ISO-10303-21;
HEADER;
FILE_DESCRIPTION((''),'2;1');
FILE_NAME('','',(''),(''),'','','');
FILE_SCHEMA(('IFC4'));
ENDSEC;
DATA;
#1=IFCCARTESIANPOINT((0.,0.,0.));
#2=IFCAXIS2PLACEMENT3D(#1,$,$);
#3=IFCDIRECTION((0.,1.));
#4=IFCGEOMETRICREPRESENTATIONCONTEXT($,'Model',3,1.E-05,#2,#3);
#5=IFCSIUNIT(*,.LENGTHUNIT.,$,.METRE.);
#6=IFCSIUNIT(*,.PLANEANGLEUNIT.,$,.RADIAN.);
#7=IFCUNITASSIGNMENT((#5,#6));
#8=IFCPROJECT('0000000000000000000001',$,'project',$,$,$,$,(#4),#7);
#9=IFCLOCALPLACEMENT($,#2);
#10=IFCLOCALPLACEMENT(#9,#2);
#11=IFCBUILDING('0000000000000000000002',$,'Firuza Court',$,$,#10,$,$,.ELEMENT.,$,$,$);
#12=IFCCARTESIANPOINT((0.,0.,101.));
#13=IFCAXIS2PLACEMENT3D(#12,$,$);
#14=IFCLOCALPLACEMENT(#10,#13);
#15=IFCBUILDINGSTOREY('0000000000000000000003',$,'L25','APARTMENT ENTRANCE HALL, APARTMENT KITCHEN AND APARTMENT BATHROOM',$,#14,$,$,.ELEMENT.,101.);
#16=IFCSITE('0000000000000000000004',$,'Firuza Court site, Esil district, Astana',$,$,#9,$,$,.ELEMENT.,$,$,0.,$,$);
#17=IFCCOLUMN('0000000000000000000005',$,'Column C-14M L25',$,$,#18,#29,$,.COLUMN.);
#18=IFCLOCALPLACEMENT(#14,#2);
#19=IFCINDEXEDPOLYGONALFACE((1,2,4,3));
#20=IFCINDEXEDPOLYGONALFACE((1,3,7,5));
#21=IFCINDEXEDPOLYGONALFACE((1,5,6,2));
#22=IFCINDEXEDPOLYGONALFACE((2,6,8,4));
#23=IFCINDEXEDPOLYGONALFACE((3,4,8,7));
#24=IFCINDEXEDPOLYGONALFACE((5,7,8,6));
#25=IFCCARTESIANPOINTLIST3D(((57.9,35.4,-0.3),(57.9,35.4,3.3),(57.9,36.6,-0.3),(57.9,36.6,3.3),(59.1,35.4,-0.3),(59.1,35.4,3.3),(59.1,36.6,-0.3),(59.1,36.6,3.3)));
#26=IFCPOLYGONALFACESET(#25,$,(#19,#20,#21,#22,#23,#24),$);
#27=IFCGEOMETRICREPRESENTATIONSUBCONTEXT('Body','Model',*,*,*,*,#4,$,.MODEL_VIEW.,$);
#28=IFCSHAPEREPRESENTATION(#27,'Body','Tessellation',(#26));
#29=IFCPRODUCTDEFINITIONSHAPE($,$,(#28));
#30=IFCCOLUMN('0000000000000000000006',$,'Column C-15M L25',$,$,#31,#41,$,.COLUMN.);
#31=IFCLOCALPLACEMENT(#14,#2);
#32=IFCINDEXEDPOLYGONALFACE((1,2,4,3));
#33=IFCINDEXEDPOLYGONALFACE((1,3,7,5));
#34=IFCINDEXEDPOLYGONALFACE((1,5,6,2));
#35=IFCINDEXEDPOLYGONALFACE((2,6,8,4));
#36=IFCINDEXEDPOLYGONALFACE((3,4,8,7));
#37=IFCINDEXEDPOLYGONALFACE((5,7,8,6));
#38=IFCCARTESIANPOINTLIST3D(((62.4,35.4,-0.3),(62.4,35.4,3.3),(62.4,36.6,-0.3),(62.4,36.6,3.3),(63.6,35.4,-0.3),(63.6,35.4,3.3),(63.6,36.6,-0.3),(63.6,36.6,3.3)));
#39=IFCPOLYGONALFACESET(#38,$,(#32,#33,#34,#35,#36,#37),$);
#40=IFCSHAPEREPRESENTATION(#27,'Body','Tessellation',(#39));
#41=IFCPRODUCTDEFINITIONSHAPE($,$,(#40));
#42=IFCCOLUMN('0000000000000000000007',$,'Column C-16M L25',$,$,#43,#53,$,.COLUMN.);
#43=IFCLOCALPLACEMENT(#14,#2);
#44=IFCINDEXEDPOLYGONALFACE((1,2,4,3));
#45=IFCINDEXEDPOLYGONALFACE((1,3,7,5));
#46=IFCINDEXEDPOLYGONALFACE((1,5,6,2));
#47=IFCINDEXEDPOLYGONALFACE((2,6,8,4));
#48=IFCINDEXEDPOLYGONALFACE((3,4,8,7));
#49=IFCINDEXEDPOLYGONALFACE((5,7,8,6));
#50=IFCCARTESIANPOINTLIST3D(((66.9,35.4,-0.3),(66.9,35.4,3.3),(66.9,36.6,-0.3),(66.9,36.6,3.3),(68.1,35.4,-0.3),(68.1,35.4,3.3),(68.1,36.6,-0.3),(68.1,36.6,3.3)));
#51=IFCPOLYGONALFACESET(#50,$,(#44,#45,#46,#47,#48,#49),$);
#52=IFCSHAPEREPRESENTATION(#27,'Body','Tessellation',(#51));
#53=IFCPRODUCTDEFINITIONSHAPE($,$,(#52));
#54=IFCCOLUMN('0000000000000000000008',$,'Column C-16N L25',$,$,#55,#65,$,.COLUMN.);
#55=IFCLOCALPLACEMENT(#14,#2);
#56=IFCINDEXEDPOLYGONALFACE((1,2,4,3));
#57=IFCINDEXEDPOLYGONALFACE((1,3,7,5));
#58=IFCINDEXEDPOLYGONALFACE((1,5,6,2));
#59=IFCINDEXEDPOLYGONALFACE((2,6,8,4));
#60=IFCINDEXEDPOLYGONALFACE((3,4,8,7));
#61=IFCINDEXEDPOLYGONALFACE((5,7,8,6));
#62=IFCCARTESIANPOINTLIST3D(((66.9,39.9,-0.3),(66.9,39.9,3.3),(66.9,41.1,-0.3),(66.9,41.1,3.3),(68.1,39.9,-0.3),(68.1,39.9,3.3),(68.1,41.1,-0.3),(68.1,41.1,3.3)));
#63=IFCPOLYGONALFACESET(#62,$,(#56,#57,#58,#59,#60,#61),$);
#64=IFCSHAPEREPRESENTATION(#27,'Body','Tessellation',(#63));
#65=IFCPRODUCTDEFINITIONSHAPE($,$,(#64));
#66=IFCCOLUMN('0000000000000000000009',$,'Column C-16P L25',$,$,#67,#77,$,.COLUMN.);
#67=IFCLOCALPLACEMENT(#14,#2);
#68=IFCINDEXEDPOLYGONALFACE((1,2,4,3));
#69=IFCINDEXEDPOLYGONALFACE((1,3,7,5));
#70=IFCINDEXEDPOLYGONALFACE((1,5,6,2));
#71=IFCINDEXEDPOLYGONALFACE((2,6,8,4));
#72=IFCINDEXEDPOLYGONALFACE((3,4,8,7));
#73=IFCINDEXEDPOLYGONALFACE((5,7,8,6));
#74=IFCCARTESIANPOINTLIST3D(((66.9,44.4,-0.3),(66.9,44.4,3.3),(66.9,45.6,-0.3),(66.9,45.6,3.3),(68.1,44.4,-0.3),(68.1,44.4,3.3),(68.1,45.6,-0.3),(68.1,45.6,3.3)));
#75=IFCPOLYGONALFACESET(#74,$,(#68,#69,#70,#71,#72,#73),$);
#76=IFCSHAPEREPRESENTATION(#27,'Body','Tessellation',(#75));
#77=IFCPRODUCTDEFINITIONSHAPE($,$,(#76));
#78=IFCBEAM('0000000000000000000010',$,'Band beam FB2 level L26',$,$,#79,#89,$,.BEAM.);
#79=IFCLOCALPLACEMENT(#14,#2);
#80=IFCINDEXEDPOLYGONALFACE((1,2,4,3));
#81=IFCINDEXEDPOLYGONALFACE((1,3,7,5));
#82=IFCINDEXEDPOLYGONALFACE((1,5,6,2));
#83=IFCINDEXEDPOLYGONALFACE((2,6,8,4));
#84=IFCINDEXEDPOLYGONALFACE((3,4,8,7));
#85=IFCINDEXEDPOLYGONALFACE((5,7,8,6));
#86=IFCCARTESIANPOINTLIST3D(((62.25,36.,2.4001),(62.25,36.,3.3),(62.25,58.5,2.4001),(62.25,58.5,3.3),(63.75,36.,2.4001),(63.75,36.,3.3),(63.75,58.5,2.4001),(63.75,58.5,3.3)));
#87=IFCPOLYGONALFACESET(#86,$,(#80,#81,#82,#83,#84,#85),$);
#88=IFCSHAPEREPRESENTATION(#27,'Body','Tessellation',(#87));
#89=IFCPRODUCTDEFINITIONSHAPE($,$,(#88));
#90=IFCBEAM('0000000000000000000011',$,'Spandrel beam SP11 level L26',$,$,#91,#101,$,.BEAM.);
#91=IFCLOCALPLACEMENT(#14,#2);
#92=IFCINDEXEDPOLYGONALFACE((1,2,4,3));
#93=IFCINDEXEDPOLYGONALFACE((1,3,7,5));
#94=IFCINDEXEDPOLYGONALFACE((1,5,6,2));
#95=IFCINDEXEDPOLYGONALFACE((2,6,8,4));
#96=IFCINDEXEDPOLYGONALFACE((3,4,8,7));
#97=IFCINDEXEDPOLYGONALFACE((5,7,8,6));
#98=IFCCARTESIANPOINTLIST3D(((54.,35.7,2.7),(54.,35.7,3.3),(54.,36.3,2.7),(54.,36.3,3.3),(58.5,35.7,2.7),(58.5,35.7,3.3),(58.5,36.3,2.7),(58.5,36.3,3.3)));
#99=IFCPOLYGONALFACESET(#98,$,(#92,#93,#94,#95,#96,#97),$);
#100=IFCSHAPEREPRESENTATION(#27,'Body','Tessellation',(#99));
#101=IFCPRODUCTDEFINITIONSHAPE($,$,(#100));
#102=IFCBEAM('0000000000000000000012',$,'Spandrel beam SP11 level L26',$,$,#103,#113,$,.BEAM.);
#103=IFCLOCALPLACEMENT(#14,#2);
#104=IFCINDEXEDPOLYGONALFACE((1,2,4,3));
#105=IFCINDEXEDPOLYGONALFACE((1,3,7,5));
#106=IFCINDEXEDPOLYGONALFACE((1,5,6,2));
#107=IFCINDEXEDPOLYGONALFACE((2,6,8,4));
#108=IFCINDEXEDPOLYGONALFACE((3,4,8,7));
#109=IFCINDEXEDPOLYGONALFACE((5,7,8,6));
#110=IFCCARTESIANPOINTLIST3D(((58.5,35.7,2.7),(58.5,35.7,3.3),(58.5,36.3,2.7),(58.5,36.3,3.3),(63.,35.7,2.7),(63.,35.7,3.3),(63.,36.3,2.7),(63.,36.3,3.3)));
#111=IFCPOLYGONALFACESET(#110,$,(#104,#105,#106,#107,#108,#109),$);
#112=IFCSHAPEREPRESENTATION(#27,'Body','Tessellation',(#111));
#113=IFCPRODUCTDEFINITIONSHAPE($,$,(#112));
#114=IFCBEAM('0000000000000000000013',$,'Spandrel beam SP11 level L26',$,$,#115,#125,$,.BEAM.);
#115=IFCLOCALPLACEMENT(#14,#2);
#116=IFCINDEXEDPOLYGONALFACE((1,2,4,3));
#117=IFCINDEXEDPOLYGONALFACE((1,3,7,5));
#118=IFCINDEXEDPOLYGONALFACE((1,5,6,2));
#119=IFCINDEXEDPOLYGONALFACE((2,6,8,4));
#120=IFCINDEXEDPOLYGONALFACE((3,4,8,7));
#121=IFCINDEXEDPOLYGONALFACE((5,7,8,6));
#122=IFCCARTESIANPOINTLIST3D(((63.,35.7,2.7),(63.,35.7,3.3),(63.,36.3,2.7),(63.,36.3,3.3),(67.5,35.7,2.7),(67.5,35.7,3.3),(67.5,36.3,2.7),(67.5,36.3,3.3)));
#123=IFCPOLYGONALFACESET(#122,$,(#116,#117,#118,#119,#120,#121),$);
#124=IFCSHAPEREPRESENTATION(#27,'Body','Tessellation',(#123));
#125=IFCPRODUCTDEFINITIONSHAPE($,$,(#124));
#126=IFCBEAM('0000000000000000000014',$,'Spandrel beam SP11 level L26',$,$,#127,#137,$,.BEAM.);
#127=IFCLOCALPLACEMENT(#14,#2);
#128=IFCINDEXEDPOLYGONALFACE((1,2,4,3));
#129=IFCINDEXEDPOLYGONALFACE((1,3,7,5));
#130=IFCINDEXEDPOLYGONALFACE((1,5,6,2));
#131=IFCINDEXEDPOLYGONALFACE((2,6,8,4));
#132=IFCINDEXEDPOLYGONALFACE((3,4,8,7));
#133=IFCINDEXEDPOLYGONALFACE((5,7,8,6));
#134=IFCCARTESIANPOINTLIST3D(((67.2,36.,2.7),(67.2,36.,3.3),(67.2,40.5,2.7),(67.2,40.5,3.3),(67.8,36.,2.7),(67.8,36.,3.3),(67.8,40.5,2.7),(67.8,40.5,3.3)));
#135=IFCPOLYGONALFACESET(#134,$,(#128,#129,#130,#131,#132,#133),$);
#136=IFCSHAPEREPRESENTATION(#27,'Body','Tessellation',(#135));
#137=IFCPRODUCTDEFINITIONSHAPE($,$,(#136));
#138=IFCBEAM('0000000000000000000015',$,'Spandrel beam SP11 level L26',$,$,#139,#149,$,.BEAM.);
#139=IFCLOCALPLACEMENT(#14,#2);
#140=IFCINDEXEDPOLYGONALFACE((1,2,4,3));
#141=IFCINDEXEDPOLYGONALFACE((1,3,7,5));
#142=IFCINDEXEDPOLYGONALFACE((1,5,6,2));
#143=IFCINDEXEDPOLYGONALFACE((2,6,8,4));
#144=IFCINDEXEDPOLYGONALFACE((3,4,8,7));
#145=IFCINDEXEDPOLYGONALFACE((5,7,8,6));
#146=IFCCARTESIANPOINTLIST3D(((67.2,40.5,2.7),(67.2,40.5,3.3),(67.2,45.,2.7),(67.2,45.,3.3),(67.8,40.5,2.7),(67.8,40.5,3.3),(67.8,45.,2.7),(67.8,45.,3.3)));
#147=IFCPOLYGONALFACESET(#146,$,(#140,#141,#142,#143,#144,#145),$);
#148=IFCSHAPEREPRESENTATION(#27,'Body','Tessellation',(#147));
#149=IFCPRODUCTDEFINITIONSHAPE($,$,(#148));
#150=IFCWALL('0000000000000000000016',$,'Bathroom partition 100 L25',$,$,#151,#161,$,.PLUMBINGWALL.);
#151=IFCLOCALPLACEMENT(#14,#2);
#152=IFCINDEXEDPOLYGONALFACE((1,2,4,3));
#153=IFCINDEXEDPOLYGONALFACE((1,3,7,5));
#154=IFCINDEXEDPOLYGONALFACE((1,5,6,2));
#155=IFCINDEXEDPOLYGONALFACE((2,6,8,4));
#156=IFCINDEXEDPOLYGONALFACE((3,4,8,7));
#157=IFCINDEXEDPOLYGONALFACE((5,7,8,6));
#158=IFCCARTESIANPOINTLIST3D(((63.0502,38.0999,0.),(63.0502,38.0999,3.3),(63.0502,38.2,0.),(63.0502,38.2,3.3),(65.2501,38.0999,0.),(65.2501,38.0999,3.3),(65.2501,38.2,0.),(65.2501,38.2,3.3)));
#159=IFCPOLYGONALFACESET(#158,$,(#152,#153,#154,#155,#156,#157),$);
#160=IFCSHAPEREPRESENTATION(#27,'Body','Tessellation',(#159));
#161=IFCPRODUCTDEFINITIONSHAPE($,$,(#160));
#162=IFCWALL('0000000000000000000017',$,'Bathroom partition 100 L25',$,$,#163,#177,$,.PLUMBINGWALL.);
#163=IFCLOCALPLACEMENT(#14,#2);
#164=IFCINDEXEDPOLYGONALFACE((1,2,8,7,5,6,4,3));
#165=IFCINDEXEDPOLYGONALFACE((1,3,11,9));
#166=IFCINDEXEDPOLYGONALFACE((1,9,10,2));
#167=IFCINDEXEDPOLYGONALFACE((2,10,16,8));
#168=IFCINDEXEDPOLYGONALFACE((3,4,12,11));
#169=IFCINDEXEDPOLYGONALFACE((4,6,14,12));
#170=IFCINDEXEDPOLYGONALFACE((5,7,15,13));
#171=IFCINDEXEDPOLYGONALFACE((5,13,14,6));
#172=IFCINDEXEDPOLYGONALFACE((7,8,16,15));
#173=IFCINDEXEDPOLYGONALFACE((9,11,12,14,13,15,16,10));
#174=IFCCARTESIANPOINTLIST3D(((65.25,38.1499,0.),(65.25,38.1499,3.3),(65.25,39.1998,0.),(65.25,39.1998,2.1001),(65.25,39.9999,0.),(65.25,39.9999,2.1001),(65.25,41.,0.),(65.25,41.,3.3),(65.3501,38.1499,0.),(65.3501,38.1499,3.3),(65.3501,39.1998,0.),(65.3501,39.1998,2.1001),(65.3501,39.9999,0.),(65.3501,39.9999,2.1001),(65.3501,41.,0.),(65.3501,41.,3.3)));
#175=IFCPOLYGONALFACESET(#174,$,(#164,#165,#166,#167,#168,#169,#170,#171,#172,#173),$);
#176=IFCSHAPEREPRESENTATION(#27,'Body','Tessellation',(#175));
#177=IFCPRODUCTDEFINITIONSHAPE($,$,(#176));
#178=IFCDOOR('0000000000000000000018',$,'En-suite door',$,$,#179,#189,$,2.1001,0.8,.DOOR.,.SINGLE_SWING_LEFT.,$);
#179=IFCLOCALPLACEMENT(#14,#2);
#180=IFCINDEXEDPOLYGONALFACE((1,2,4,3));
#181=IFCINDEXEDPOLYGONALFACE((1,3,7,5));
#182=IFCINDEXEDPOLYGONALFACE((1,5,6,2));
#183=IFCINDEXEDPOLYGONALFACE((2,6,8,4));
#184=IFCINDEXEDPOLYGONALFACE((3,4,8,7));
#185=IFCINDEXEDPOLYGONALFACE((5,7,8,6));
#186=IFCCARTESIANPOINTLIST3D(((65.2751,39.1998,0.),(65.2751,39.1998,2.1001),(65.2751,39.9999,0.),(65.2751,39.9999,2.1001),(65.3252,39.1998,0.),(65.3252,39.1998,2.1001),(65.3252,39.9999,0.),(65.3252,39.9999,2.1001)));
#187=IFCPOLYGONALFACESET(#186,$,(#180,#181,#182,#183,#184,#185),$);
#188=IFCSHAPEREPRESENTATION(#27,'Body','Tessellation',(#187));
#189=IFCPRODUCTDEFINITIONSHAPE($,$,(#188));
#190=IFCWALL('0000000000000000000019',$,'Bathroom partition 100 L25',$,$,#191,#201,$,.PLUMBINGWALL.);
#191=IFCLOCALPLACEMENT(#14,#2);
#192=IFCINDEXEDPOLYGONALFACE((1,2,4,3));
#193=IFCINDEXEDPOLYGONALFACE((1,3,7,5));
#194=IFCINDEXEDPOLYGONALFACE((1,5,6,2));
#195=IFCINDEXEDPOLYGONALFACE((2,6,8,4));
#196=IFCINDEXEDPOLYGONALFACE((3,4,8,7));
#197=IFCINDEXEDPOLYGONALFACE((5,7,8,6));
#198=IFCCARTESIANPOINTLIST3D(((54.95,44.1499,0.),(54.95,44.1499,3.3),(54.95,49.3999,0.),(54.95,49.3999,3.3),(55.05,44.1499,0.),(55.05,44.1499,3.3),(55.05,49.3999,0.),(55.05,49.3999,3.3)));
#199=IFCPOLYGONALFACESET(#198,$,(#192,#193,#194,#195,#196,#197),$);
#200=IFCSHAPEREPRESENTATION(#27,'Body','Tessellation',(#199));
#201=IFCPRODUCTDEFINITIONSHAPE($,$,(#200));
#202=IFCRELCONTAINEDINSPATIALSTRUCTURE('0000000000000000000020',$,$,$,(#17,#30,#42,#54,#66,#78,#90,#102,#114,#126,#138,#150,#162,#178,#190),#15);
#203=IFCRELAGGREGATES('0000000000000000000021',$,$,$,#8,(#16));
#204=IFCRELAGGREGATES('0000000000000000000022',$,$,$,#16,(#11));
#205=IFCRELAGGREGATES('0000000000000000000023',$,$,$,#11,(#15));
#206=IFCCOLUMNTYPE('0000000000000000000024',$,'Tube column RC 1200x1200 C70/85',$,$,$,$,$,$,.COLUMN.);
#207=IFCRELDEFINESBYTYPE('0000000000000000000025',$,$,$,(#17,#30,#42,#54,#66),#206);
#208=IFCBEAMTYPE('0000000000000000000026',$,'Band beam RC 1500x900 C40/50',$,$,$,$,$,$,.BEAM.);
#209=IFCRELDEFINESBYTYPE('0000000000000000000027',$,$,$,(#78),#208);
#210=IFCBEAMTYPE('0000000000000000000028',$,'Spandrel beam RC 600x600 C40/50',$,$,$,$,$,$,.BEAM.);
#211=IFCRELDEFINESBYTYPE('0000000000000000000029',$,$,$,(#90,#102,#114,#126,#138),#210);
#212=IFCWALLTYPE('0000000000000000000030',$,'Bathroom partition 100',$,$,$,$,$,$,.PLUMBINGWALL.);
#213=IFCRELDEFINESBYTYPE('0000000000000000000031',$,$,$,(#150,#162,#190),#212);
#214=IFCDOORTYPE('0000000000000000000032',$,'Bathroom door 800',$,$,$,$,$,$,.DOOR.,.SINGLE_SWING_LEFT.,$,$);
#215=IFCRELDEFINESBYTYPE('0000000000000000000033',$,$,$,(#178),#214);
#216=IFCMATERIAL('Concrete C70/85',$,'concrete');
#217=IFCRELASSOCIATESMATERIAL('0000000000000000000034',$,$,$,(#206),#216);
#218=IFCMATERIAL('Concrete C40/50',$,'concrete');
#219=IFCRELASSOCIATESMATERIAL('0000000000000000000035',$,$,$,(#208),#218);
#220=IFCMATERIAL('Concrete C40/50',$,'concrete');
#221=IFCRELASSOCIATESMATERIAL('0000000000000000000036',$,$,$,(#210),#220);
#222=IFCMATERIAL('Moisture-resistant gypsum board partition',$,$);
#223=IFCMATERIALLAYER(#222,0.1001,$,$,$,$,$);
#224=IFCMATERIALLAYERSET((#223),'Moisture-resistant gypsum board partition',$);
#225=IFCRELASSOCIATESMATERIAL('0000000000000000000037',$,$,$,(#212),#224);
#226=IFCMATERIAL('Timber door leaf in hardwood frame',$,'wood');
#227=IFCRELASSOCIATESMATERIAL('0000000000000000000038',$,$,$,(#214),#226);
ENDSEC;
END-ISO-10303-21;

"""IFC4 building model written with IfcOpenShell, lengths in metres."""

from ifc_helpers import new_model, si_unit, direction, frame, frame_2d, origin, origin_2d, place, context, subcontext, project, spatial, rectangle, extrude, material, layer, layer_set, material_profile, profile_set, type_object, element, fill, save


model = new_model("IFC4")

# Units and contexts
model_context = context("Model", 3, precision=1e-05, world=origin(), true_north=direction((0.0, 1.0)))
body_context = subcontext(model_context, "Body", "Model", "MODEL_VIEW")
ifc_project = project(units=[si_unit("LENGTHUNIT", "METRE"), si_unit("PLANEANGLEUNIT", "RADIAN")], contexts=[model_context])

# Site, building, storey
site_placement = place(None, origin())
site = spatial("IfcSite", under=ifc_project, at=site_placement, Name="Firuza Court site, Esil district, Astana", CompositionType="ELEMENT", RefElevation=0.0)
building_placement = place(site_placement, origin())
building = spatial("IfcBuilding", under=site, at=building_placement, Name="Firuza Court", CompositionType="ELEMENT")
storey_placement = place(building_placement, frame((0.0, 0.0, 101.0)))
storey = spatial("IfcBuildingStorey", under=building, at=storey_placement, Name="L25", Description="APARTMENT ENTRANCE HALL, APARTMENT KITCHEN AND APARTMENT BATHROOM", CompositionType="ELEMENT", Elevation=101.0)

# Columns
ifc_material_1 = material(Name="Concrete C70/85", Category="concrete")
ifc_material_profile_1 = material_profile(ifc_material_1, rectangle(XDim=1.2, YDim=1.2, at=origin_2d()), Name="RC 1200x1200")
ifc_profile_set_1 = profile_set([ifc_material_profile_1], Name="Concrete C70/85")
column_type = type_object("IfcColumnType", Name="Tube column RC 1200x1200 C70/85", PredefinedType="COLUMN", material=ifc_profile_set_1)
for number, where, z_axis, x_axis, name in (
    (1, (58.5, 36.0, -0.3), (0.0, 0.0, 1.0), (1.0, 0.0, 0.0), "Column C-14M L25"),
    (2, (63.0, 36.0, -0.3), (0.0, 0.0, 1.0), (1.0, 0.0, 0.0), "Column C-15M L25"),
    (3, (67.5, 36.0, -0.3), (0.0, 0.0, 1.0), (1.0, 0.0, 0.0), "Column C-16M L25"),
    (4, (67.5, 40.5, -0.3), (0.0, 0.0, 1.0), (1.0, 0.0, 0.0), "Column C-16N L25"),
    (5, (67.5, 45.0, -0.3), (0.0, 0.0, 1.0), (1.0, 0.0, 0.0), "Column C-16P L25"),
):
    element("IfcColumn", number, at=place(storey_placement, frame(where, z_axis=z_axis, x_axis=x_axis)), inside=storey, type_object=column_type, Name=name, PredefinedType="COLUMN", context=body_context, shape_type="SweptSolid", body=[
        extrude(rectangle(XDim=1.2, YDim=1.2, at=origin_2d()), origin(), (0.0, 0.0, 1.0), 3.6001),
    ])

# Beams
ifc_material_2 = material(Name="Concrete C40/50", Category="concrete")
ifc_material_profile_2 = material_profile(ifc_material_2, rectangle(XDim=1.5, YDim=0.8999, at=origin_2d()), Name="RC 1500x900")
ifc_profile_set_2 = profile_set([ifc_material_profile_2], Name="Concrete C40/50")
beam_type_1 = type_object("IfcBeamType", Name="Band beam RC 1500x900 C40/50", PredefinedType="BEAM", material=ifc_profile_set_2)
beam_placement = place(storey_placement, frame((63.0, 36.0, 2.8501), z_axis=(0.0, 1.0, 0.0), x_axis=(-1.0, 0.0, 0.0)))
element("IfcBeam", 6, at=beam_placement, inside=storey, type_object=beam_type_1, Name="Band beam FB2 level L26", PredefinedType="BEAM", context=body_context, shape_type="SweptSolid", body=[
    extrude(rectangle(XDim=1.5, YDim=0.8999, at=origin_2d()), origin(), (0.0, 0.0, 1.0), 22.5),
])
ifc_material_3 = material(Name="Concrete C40/50", Category="concrete")
ifc_material_profile_3 = material_profile(ifc_material_3, rectangle(XDim=0.6001, YDim=0.6001, at=origin_2d()), Name="RC 600x600")
ifc_profile_set_3 = profile_set([ifc_material_profile_3], Name="Concrete C40/50")
beam_type_2 = type_object("IfcBeamType", Name="Spandrel beam RC 600x600 C40/50", PredefinedType="BEAM", material=ifc_profile_set_3)
for number, where, z_axis, x_axis, name in (
    (7, (54.0, 36.0, 3.0), (1.0, 0.0, 0.0), (0.0, 1.0, 0.0), "Spandrel beam SP11 level L26"),
    (8, (58.5, 36.0, 3.0), (1.0, 0.0, 0.0), (0.0, 1.0, 0.0), "Spandrel beam SP11 level L26"),
    (9, (63.0, 36.0, 3.0), (1.0, 0.0, 0.0), (0.0, 1.0, 0.0), "Spandrel beam SP11 level L26"),
    (10, (67.5, 36.0, 3.0), (0.0, 1.0, 0.0), (-1.0, 0.0, 0.0), "Spandrel beam SP11 level L26"),
    (11, (67.5, 40.5, 3.0), (0.0, 1.0, 0.0), (-1.0, 0.0, 0.0), "Spandrel beam SP11 level L26"),
):
    element("IfcBeam", number, at=place(storey_placement, frame(where, z_axis=z_axis, x_axis=x_axis)), inside=storey, type_object=beam_type_2, Name=name, PredefinedType="BEAM", context=body_context, shape_type="SweptSolid", body=[
        extrude(rectangle(XDim=0.6001, YDim=0.6001, at=origin_2d()), origin(), (0.0, 0.0, 1.0), 4.5),
    ])

# Wall
ifc_material_4 = material(Name="Moisture-resistant gypsum board partition")
ifc_layer_1 = layer(ifc_material_4, 0.1001)
ifc_layer_set_1 = layer_set([ifc_layer_1], Name="Moisture-resistant gypsum board partition")
wall_type_1 = type_object("IfcWallType", Name="Bathroom partition 100", PredefinedType="PLUMBINGWALL", material=ifc_layer_set_1)
wall_1_placement = place(storey_placement, frame((63.05, 38.1499, 0.0), z_axis=(0.0, 0.0, 1.0), x_axis=(1.0, 0.0, 0.0)))
element("IfcWall", 12, at=wall_1_placement, inside=storey, type_object=wall_type_1, Name="Bathroom partition 100 L25", PredefinedType="PLUMBINGWALL", context=body_context, shape_type="SweptSolid", body=[
    extrude(rectangle(XDim=2.2, YDim=0.1001, at=frame_2d((1.1001, 0.0))), origin(), (0.0, 0.0, 1.0), 3.3),
])

# Wall, opening, door
wall_2_placement = place(storey_placement, frame((65.3, 38.1499, 0.0), z_axis=(0.0, 0.0, 1.0), x_axis=(0.0, 1.0, 0.0)))
wall_2 = element("IfcWall", 13, at=wall_2_placement, inside=storey, type_object=wall_type_1, Name="Bathroom partition 100 L25", PredefinedType="PLUMBINGWALL", context=body_context, shape_type="SweptSolid", body=[
    extrude(rectangle(XDim=2.8501, YDim=0.1001, at=frame_2d((1.425, 0.0))), origin(), (0.0, 0.0, 1.0), 3.3),
])
opening_1_placement = place(wall_2_placement, frame((1.05, 0.0, 0.0)))
opening_1 = element("IfcOpeningElement", 14, at=opening_1_placement, cuts=wall_2, PredefinedType="OPENING", context=body_context, shape_type="SweptSolid", body=[
    extrude(rectangle(XDim=0.8, YDim=2.1001, at=frame_2d((0.3999, 1.05))), frame((0.0, 0.062, 0.0), z_axis=(0.0, -1.0, 0.0), x_axis=(1.0, 0.0, 0.0)), (0.0, 0.0, 1.0), 0.124),
])
ifc_material_5 = material(Name="Timber door leaf in hardwood frame", Category="wood")
door_type = type_object("IfcDoorType", Name="Bathroom door 800", OperationType="SINGLE_SWING_LEFT", PredefinedType="DOOR", material=ifc_material_5)
door_placement = place(opening_1_placement, origin())
door = element("IfcDoor", 15, at=door_placement, inside=storey, type_object=door_type, Name="En-suite door", OperationType="SINGLE_SWING_LEFT", OverallHeight=2.1001, OverallWidth=0.8, PredefinedType="DOOR", context=body_context, shape_type="SweptSolid", body=[
    extrude(rectangle(XDim=0.8, YDim=2.1001, at=frame_2d((0.3999, 1.05))), frame((0.0, 0.0249, 0.0), z_axis=(0.0, -1.0, 0.0), x_axis=(1.0, 0.0, 0.0)), (0.0, 0.0, 1.0), 0.05),
])
fill(opening_1, door)

# Wall
wall_3_placement = place(storey_placement, frame((55.0, 44.1499, 0.0), z_axis=(0.0, 0.0, 1.0), x_axis=(0.0, 1.0, 0.0)))
element("IfcWall", 16, at=wall_3_placement, inside=storey, type_object=wall_type_1, Name="Bathroom partition 100 L25", PredefinedType="PLUMBINGWALL", context=body_context, shape_type="SweptSolid", body=[
    extrude(rectangle(XDim=5.25, YDim=0.1001, at=frame_2d((2.625, 0.0))), origin(), (0.0, 0.0, 1.0), 3.3),
])

save(model, "model.ifc")
